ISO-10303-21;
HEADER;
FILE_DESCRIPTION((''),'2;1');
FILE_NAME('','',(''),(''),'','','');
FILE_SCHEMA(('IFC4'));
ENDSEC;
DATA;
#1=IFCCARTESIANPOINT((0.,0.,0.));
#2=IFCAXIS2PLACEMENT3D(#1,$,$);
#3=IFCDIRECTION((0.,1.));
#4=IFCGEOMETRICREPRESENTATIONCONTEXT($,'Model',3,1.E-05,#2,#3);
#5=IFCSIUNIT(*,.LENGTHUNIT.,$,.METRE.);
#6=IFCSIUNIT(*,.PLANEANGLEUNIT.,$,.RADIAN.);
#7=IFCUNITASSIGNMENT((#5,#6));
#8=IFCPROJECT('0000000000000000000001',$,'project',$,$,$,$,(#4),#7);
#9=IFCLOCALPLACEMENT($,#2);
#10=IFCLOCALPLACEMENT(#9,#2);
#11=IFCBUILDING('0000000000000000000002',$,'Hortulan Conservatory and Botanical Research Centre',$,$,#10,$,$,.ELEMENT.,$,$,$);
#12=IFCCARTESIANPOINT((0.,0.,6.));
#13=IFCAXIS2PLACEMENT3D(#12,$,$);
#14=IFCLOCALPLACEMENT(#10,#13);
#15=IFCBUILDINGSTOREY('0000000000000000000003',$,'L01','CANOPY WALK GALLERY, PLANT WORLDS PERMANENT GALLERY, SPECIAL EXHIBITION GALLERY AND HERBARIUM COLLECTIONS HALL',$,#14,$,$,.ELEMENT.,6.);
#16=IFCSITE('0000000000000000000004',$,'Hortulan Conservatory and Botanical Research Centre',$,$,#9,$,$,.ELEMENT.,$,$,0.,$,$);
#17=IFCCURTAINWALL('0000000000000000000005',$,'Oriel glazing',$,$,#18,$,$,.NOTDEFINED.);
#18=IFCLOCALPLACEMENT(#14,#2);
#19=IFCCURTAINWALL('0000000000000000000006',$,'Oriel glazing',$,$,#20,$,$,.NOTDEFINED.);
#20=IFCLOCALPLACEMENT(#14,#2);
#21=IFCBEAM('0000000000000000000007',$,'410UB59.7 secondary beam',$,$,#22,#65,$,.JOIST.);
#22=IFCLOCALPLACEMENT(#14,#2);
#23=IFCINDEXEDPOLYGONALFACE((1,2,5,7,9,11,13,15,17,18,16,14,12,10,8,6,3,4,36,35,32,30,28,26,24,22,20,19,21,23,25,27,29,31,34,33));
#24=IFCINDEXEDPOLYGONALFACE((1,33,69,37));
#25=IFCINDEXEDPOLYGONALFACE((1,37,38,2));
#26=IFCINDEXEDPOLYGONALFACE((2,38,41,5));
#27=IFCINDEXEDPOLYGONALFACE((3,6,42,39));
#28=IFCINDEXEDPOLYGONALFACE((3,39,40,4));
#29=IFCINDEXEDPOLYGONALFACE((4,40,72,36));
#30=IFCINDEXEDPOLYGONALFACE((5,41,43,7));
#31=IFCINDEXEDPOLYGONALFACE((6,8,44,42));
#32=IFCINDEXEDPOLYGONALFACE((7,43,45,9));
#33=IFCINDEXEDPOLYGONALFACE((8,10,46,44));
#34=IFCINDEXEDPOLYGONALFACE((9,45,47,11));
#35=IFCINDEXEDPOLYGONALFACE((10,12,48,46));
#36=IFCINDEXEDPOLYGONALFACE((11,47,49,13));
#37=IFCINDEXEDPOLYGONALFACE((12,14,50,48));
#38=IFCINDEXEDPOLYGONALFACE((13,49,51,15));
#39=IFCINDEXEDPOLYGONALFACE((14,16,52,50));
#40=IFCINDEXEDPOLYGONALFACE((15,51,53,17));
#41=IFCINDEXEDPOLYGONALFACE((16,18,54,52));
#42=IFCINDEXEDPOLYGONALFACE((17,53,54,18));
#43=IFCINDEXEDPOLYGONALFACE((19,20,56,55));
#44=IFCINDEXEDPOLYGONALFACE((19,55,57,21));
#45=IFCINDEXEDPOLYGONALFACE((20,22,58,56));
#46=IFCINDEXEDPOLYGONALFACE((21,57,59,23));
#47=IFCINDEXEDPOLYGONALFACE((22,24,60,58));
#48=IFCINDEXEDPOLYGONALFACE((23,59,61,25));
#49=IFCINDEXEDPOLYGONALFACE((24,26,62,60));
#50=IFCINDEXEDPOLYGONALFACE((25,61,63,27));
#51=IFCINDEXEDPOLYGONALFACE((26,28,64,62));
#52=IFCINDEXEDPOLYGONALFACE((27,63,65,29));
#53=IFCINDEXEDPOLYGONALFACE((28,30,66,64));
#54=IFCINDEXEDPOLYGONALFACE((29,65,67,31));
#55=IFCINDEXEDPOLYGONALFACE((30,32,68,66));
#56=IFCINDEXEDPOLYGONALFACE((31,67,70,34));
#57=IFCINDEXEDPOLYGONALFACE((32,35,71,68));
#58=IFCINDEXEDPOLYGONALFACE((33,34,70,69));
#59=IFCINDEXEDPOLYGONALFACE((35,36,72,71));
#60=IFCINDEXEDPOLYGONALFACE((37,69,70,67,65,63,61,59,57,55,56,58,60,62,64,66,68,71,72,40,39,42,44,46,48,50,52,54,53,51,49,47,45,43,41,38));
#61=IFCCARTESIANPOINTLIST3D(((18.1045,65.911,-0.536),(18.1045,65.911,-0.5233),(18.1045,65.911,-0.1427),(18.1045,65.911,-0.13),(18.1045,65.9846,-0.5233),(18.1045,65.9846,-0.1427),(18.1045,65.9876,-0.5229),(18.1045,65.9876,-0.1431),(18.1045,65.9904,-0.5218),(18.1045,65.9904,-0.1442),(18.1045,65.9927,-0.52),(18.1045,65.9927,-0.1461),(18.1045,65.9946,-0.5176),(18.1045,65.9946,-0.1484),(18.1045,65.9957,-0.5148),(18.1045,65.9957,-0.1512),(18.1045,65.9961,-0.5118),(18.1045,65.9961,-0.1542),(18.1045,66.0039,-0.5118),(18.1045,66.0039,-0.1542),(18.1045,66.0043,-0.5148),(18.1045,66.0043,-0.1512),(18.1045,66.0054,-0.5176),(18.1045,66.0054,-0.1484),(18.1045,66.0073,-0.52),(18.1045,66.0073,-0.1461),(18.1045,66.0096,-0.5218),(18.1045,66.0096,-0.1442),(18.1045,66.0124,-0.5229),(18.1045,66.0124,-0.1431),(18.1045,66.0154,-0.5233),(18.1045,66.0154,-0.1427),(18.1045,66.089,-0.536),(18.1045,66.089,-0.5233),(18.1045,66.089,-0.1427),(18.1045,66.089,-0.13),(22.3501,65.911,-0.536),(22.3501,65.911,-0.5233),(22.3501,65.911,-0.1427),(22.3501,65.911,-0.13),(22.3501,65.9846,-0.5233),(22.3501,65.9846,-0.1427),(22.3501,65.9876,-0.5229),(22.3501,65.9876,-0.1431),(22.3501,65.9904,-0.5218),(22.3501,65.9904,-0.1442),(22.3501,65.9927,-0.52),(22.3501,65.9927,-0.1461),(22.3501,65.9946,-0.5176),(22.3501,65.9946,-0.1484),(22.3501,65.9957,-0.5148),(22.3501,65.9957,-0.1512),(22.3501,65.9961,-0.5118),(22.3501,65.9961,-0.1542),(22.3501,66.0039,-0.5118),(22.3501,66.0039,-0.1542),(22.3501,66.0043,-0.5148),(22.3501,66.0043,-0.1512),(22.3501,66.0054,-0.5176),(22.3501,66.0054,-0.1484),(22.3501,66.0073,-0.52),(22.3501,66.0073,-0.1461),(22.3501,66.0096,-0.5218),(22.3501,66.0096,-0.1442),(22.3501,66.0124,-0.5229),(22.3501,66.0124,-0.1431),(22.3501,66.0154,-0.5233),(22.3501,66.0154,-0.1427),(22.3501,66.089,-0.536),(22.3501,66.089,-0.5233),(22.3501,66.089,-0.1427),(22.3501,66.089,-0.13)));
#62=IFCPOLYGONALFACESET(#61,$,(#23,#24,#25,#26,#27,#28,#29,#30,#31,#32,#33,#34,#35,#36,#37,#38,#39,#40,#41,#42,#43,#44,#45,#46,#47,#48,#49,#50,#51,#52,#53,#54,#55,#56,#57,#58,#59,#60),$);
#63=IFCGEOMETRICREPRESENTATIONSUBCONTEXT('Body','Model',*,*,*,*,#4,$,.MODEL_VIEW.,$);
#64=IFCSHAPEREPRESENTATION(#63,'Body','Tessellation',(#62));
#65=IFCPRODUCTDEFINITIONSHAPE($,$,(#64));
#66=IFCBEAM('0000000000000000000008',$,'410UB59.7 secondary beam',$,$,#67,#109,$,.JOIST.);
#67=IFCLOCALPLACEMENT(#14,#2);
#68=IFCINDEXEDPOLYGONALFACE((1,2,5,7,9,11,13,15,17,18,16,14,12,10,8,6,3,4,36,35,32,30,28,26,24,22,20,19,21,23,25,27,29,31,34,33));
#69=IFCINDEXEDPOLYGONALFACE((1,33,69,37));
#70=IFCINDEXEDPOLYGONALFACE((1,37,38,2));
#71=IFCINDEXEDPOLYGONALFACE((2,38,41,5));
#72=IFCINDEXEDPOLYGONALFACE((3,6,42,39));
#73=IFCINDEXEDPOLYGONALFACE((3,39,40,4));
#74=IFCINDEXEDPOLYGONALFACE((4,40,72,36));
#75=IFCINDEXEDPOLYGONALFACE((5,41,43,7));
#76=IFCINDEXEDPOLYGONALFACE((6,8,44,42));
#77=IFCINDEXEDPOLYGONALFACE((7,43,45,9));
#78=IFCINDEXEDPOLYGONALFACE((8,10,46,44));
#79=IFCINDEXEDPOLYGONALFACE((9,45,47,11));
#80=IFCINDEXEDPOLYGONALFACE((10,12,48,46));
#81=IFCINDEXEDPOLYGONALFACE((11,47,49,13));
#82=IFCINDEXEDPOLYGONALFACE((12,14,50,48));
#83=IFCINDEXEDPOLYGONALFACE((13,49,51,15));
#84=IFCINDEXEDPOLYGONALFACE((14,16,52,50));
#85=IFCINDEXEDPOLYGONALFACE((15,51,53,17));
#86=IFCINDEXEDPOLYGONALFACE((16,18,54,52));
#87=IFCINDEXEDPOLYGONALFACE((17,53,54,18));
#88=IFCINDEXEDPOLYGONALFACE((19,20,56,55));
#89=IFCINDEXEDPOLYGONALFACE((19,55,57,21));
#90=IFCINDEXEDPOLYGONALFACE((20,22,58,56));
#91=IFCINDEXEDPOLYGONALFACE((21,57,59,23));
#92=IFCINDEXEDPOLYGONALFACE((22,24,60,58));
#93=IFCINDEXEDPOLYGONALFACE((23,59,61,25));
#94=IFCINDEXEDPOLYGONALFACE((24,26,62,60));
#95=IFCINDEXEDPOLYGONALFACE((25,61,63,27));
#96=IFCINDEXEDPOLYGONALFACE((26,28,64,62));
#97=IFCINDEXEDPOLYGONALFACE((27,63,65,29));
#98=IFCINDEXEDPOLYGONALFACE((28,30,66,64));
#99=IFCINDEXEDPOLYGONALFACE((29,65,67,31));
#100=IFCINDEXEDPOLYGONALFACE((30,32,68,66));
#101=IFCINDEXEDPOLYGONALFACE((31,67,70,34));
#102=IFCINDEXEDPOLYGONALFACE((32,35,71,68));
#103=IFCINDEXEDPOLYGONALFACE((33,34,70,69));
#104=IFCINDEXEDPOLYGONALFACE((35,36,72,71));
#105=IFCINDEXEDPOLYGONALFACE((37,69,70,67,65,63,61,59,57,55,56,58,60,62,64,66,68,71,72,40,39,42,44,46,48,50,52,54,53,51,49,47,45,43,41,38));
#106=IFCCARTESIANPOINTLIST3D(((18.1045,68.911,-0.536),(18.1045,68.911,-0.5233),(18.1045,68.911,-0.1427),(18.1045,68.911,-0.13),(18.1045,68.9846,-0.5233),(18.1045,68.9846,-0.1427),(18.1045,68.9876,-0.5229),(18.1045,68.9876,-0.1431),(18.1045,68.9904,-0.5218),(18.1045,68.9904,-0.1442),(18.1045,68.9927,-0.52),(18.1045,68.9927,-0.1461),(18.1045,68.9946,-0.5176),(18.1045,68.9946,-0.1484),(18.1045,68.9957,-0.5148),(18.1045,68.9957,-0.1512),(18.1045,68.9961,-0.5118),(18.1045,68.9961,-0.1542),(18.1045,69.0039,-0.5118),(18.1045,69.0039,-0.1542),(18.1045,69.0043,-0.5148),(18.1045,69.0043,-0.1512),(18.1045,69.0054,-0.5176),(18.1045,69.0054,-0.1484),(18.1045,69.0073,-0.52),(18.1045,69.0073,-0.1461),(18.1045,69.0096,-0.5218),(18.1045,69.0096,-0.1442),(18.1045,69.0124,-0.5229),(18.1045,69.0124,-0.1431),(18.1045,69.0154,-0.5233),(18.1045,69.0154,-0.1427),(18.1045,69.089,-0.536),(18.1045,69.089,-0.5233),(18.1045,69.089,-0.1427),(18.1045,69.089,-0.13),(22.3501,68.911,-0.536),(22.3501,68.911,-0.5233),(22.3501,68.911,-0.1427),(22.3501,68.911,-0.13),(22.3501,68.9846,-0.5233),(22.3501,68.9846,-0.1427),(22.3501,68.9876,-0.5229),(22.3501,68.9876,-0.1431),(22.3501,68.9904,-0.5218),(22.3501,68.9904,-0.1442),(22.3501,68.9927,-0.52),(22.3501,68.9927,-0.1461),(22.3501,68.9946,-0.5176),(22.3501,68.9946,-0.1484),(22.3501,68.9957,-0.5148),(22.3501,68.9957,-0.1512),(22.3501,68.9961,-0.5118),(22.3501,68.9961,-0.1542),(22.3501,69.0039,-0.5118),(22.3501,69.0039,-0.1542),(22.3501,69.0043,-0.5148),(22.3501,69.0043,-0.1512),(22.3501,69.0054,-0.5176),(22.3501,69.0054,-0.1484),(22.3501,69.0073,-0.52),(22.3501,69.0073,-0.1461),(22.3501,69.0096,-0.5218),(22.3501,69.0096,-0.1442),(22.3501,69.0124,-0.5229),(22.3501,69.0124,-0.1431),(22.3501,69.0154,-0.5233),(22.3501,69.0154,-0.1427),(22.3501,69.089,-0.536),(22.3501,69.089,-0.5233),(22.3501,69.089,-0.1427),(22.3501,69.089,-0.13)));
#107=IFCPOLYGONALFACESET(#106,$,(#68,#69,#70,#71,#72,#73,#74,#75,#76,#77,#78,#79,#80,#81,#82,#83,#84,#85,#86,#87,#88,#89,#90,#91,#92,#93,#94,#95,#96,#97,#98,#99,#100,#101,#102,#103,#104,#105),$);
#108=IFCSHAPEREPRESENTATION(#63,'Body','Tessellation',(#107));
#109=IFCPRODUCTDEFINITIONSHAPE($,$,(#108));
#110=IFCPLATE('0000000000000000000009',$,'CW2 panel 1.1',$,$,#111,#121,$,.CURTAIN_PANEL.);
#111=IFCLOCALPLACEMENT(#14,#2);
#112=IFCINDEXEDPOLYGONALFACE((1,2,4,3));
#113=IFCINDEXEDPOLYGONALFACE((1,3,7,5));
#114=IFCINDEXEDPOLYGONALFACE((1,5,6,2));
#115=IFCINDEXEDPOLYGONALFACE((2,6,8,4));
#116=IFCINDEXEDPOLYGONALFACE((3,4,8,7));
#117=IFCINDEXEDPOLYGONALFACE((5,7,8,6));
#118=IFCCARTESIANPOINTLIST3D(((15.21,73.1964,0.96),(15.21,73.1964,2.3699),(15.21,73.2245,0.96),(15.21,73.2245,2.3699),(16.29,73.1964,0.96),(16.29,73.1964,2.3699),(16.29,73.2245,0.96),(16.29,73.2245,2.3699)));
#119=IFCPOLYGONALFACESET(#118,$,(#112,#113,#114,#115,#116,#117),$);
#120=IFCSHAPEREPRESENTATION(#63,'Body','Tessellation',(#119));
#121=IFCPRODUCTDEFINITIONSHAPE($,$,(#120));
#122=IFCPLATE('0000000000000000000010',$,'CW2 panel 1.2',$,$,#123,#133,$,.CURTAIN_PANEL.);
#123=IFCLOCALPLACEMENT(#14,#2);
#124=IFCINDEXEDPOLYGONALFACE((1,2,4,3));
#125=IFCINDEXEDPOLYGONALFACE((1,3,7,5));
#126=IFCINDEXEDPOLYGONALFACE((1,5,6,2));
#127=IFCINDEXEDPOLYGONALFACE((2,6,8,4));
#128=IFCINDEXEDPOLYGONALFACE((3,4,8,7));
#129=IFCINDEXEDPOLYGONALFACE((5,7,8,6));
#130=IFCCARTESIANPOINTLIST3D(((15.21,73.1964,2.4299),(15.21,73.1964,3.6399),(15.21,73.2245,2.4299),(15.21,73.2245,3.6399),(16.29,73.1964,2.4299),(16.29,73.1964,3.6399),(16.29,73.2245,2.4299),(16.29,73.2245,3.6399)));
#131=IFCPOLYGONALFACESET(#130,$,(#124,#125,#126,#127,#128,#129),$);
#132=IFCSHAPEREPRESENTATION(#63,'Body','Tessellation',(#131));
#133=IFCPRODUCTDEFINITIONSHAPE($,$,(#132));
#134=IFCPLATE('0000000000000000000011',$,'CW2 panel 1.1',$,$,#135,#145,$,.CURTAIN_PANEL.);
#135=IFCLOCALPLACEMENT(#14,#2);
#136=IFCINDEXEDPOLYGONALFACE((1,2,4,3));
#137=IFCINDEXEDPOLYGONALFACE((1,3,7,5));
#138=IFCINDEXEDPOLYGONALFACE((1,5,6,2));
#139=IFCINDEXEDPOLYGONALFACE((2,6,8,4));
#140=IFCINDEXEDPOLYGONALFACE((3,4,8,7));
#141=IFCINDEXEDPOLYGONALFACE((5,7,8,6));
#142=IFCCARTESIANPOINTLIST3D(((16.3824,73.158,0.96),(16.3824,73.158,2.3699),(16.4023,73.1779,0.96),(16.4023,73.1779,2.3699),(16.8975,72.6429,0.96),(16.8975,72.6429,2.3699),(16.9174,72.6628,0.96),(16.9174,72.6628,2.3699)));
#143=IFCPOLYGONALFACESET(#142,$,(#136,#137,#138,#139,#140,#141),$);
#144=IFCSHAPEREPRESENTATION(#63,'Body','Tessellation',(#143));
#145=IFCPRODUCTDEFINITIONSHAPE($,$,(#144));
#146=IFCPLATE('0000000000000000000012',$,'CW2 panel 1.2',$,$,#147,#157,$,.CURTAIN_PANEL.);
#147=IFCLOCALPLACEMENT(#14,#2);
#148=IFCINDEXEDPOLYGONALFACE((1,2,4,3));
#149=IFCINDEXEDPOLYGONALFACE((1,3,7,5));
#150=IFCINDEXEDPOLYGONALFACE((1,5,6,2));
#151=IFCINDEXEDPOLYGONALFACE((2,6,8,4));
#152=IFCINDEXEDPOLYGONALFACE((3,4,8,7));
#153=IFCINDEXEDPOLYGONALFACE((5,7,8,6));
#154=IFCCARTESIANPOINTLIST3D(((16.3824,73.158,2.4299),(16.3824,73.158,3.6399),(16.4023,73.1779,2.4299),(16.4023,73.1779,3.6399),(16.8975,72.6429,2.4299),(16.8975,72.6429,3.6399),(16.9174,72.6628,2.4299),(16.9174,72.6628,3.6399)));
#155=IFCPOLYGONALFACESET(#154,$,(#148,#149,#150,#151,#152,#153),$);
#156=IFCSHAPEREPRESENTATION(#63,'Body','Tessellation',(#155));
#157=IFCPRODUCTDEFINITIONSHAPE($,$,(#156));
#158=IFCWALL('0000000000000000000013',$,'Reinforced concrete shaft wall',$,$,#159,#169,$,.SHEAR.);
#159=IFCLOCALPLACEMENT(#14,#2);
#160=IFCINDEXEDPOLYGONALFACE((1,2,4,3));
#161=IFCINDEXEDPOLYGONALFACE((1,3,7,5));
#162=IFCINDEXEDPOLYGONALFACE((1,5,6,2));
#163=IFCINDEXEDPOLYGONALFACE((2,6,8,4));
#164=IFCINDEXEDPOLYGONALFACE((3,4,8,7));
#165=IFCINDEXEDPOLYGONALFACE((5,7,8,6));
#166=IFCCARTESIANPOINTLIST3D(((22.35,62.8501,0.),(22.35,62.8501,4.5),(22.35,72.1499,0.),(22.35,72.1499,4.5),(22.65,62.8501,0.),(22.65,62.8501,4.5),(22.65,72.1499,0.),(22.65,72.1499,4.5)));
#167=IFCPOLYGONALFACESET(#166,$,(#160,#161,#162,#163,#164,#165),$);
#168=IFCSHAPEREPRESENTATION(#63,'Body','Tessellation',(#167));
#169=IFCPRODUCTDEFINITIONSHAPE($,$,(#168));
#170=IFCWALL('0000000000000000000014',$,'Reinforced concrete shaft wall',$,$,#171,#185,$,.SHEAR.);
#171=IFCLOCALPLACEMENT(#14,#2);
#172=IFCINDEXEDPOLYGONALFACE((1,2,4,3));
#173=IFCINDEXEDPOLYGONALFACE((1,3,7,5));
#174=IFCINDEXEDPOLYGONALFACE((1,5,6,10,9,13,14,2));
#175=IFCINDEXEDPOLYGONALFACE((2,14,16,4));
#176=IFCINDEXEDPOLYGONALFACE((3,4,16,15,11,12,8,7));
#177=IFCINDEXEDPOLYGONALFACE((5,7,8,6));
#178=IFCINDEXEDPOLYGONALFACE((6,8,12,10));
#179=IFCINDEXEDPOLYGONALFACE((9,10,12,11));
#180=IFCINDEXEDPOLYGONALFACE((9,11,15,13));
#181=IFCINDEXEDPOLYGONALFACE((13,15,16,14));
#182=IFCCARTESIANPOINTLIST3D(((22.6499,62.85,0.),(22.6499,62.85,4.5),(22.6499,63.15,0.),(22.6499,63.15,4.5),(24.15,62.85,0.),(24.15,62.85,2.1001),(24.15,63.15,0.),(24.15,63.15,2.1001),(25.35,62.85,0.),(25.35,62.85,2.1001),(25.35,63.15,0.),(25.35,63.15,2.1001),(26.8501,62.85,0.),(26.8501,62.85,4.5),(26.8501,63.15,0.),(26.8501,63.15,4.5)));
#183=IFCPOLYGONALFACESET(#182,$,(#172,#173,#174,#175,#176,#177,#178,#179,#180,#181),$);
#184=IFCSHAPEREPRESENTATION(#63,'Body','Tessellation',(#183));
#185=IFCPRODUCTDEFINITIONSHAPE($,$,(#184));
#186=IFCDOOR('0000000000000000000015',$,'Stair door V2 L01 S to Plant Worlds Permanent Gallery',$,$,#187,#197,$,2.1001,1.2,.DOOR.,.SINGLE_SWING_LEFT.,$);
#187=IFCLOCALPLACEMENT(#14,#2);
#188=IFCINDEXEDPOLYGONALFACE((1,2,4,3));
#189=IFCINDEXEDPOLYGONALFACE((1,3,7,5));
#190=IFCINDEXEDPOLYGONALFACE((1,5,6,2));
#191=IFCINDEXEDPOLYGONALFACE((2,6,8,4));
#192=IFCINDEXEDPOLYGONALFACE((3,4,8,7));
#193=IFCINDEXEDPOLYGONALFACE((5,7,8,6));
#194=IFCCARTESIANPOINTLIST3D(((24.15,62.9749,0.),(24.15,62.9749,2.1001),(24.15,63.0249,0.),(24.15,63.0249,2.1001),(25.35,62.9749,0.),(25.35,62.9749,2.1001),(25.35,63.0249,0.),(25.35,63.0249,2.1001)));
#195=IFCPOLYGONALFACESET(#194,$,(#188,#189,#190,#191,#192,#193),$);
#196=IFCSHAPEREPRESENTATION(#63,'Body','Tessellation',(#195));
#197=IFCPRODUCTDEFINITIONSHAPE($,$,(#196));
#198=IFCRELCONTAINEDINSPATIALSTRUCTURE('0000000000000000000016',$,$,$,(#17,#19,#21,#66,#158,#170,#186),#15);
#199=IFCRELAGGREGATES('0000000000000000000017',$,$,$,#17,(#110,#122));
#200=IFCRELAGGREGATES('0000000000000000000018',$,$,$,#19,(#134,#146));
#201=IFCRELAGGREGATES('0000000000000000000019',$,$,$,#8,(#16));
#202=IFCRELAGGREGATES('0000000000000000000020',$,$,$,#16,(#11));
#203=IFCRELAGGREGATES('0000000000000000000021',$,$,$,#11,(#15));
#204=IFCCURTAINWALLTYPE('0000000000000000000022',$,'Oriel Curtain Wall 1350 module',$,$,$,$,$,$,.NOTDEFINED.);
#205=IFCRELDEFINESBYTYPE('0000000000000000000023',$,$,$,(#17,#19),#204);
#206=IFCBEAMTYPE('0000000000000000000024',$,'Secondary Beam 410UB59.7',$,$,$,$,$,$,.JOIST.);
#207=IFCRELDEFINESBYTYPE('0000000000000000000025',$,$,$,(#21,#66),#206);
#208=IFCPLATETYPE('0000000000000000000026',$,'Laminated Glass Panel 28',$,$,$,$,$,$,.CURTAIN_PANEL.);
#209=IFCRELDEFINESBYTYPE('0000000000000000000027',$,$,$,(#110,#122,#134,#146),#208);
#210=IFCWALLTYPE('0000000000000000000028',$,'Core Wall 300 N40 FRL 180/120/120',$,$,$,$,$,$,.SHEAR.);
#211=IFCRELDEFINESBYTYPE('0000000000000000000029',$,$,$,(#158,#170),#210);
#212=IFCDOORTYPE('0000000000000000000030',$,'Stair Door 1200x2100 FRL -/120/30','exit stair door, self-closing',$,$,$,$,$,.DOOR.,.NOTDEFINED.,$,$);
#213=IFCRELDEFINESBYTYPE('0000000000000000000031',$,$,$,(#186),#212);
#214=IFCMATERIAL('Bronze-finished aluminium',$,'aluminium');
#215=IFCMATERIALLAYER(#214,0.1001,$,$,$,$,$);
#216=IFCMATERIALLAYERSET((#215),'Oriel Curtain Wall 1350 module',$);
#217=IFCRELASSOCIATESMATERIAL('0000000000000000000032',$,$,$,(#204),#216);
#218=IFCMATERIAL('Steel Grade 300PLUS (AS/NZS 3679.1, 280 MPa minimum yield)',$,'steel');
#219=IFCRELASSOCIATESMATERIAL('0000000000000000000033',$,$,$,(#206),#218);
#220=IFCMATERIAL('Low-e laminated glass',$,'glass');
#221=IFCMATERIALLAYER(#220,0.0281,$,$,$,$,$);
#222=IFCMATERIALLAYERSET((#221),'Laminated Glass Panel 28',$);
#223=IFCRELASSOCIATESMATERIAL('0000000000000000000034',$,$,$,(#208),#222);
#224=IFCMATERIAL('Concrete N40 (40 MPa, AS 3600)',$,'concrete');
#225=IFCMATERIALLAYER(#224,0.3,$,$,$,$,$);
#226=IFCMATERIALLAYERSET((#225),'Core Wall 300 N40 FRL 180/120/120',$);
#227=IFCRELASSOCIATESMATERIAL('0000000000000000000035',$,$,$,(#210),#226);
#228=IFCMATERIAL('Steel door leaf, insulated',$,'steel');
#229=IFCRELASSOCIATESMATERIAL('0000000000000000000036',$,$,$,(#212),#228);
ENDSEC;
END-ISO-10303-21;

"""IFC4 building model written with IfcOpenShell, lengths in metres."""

from ifc_helpers import new_model, si_unit, direction, frame, frame_2d, origin, origin_2d, place, context, subcontext, project, spatial, rectangle, i_section, extrude, material, layer, layer_set, material_profile, profile_set, type_object, element, fill, aggregate, save


model = new_model("IFC4")

# Units and contexts
model_context = context("Model", 3, precision=1e-05, world=origin(), true_north=direction((0.0, 1.0)))
body_context = subcontext(model_context, "Body", "Model", "MODEL_VIEW")
ifc_project = project(units=[si_unit("LENGTHUNIT", "METRE"), si_unit("PLANEANGLEUNIT", "RADIAN")], contexts=[model_context])

# Site, building, storey
site_placement = place(None, origin())
site = spatial("IfcSite", under=ifc_project, at=site_placement, Name="Hortulan Conservatory and Botanical Research Centre", CompositionType="ELEMENT", RefElevation=0.0)
building_placement = place(site_placement, origin())
building = spatial("IfcBuilding", under=site, at=building_placement, Name="Hortulan Conservatory and Botanical Research Centre", CompositionType="ELEMENT")
storey_placement = place(building_placement, frame((0.0, 0.0, 6.0)))
storey = spatial("IfcBuildingStorey", under=building, at=storey_placement, Name="L01", Description="CANOPY WALK GALLERY, PLANT WORLDS PERMANENT GALLERY, SPECIAL EXHIBITION GALLERY AND HERBARIUM COLLECTIONS HALL", CompositionType="ELEMENT", Elevation=6.0)

# Shared definitions
ifc_material_1 = material(Name="Steel Grade 300PLUS (AS/NZS 3679.1, 280 MPa minimum yield)", Category="steel")

# Curtain wall
ifc_material_2 = material(Name="Bronze-finished aluminium", Category="aluminium")
ifc_layer_1 = layer(ifc_material_2, 0.1001)
ifc_layer_set_1 = layer_set([ifc_layer_1], Name="Oriel Curtain Wall 1350 module")
curtain_wall_type = type_object("IfcCurtainWallType", Name="Oriel Curtain Wall 1350 module", PredefinedType="NOTDEFINED", material=ifc_layer_set_1)
curtain_wall_1_placement = place(storey_placement, origin())
curtain_wall_1 = element("IfcCurtainWall", 1, at=curtain_wall_1_placement, inside=storey, type_object=curtain_wall_type, Name="Oriel glazing", PredefinedType="NOTDEFINED")

# Curtain wall
curtain_wall_2_placement = place(storey_placement, origin())
curtain_wall_2 = element("IfcCurtainWall", 2, at=curtain_wall_2_placement, inside=storey, type_object=curtain_wall_type, Name="Oriel glazing", PredefinedType="NOTDEFINED")

# Beams
ifc_material_profile_1 = material_profile(ifc_material_1, i_section(OverallWidth=0.178, OverallDepth=0.406, WebThickness=0.0078, FlangeThickness=0.0127, FilletRadius=0.0115, at=origin_2d()), Name="410UB59.7")
ifc_profile_set_1 = profile_set([ifc_material_profile_1], Name="Steel Grade 300PLUS (AS/NZS 3679.1, 280 MPa minimum yield)")
beam_type_1 = type_object("IfcBeamType", Name="Secondary Beam 410UB59.7", PredefinedType="JOIST", material=ifc_profile_set_1)
for number, where, z_axis, x_axis, name in (
    (3, (18.1045, 66.0, -0.333), (1.0, 0.0, 0.0), (0.0, 1.0, 0.0), "410UB59.7 secondary beam"),
    (4, (18.1045, 69.0, -0.333), (1.0, 0.0, 0.0), (0.0, 1.0, 0.0), "410UB59.7 secondary beam"),
):
    element("IfcBeam", number, at=place(storey_placement, frame(where, z_axis=z_axis, x_axis=x_axis)), inside=storey, type_object=beam_type_1, Name=name, PredefinedType="JOIST", context=body_context, shape_type="SweptSolid", body=[
        extrude(i_section(OverallWidth=0.178, OverallDepth=0.406, WebThickness=0.0078, FlangeThickness=0.0127, FilletRadius=0.0115, at=origin_2d()), origin(), (0.0, 0.0, 1.0), 4.2456),
    ])

# Plates
ifc_material_3 = material(Name="Low-e laminated glass", Category="glass")
ifc_layer_2 = layer(ifc_material_3, 0.0281)
ifc_layer_set_2 = layer_set([ifc_layer_2], Name="Laminated Glass Panel 28")
plate_type = type_object("IfcPlateType", Name="Laminated Glass Panel 28", PredefinedType="CURTAIN_PANEL", material=ifc_layer_set_2)
plate_1_placement = place(storey_placement, frame((15.75, 73.2104, 0.96), z_axis=(0.0, 0.0, 1.0), x_axis=(1.0, 0.0, 0.0)))
plate_1 = element("IfcPlate", 5, at=plate_1_placement, type_object=plate_type, Name="CW2 panel 1.1", PredefinedType="CURTAIN_PANEL", context=body_context, shape_type="SweptSolid", body=[
    extrude(rectangle(XDim=1.0801, YDim=0.0281, at=origin_2d()), origin(), (0.0, 0.0, 1.0), 1.4099),
])
plate_2_placement = place(storey_placement, frame((15.75, 73.2104, 2.4299), z_axis=(0.0, 0.0, 1.0), x_axis=(1.0, 0.0, 0.0)))
plate_2 = element("IfcPlate", 6, at=plate_2_placement, type_object=plate_type, Name="CW2 panel 1.2", PredefinedType="CURTAIN_PANEL", context=body_context, shape_type="SweptSolid", body=[
    extrude(rectangle(XDim=1.0801, YDim=0.0281, at=origin_2d()), origin(), (0.0, 0.0, 1.0), 1.21),
])
aggregate(curtain_wall_1, [plate_1, plate_2])
plate_3_placement = place(storey_placement, frame((16.6499, 72.9104, 0.96), z_axis=(0.0, 0.0, 1.0), x_axis=(0.707107, -0.707107, 0.0)))
plate_3 = element("IfcPlate", 7, at=plate_3_placement, type_object=plate_type, Name="CW2 panel 1.1", PredefinedType="CURTAIN_PANEL", context=body_context, shape_type="SweptSolid", body=[
    extrude(rectangle(XDim=0.7285, YDim=0.0281, at=origin_2d()), origin(), (0.0, 0.0, 1.0), 1.4099),
])
plate_4_placement = place(storey_placement, frame((16.6499, 72.9104, 2.4299), z_axis=(0.0, 0.0, 1.0), x_axis=(0.707107, -0.707107, 0.0)))
plate_4 = element("IfcPlate", 8, at=plate_4_placement, type_object=plate_type, Name="CW2 panel 1.2", PredefinedType="CURTAIN_PANEL", context=body_context, shape_type="SweptSolid", body=[
    extrude(rectangle(XDim=0.7285, YDim=0.0281, at=origin_2d()), origin(), (0.0, 0.0, 1.0), 1.21),
])
aggregate(curtain_wall_2, [plate_3, plate_4])

# Wall
ifc_material_4 = material(Name="Concrete N40 (40 MPa, AS 3600)", Category="concrete")
ifc_layer_3 = layer(ifc_material_4, 0.3)
ifc_layer_set_3 = layer_set([ifc_layer_3], Name="Core Wall 300 N40 FRL 180/120/120")
wall_type = type_object("IfcWallType", Name="Core Wall 300 N40 FRL 180/120/120", PredefinedType="SHEAR", material=ifc_layer_set_3)
wall_1_placement = place(storey_placement, frame((22.5, 62.8501, 0.0), z_axis=(0.0, 0.0, 1.0), x_axis=(0.0, 1.0, 0.0)))
element("IfcWall", 9, at=wall_1_placement, inside=storey, type_object=wall_type, Name="Reinforced concrete shaft wall", PredefinedType="SHEAR", context=body_context, shape_type="SweptSolid", body=[
    extrude(rectangle(XDim=9.2998, YDim=0.3, at=frame_2d((4.6499, 0.0))), origin(), (0.0, 0.0, 1.0), 4.5),
])

# Wall, opening, door
wall_2_placement = place(storey_placement, frame((22.6499, 63.0, 0.0), z_axis=(0.0, 0.0, 1.0), x_axis=(1.0, 0.0, 0.0)))
wall_2 = element("IfcWall", 10, at=wall_2_placement, inside=storey, type_object=wall_type, Name="Reinforced concrete shaft wall", PredefinedType="SHEAR", context=body_context, shape_type="SweptSolid", body=[
    extrude(rectangle(XDim=4.2002, YDim=0.3, at=frame_2d((2.1001, 0.0))), origin(), (0.0, 0.0, 1.0), 4.5),
])
opening_placement = place(wall_2_placement, frame((1.5, 0.0, 0.0)))
opening = element("IfcOpeningElement", 11, at=opening_placement, cuts=wall_2, PredefinedType="OPENING", context=body_context, shape_type="SweptSolid", body=[
    extrude(rectangle(XDim=1.2, YDim=2.1001, at=frame_2d((0.6001, 1.05))), frame((0.0, 0.1599, 0.0), z_axis=(0.0, -1.0, 0.0), x_axis=(1.0, 0.0, 0.0)), (0.0, 0.0, 1.0), 0.3201),
])
ifc_material_5 = material(Name="Steel door leaf, insulated", Category="steel")
door_type = type_object("IfcDoorType", Name="Stair Door 1200x2100 FRL -/120/30", Description="exit stair door, self-closing", OperationType="NOTDEFINED", PredefinedType="DOOR", material=ifc_material_5)
door_placement = place(opening_placement, origin())
door = element("IfcDoor", 12, at=door_placement, inside=storey, type_object=door_type, Name="Stair door V2 L01 S to Plant Worlds Permanent Gallery", OperationType="SINGLE_SWING_LEFT", OverallHeight=2.1001, OverallWidth=1.2, PredefinedType="DOOR", context=body_context, shape_type="SweptSolid", body=[
    extrude(rectangle(XDim=1.2, YDim=2.1001, at=frame_2d((0.6001, 1.05))), frame((0.0, 0.0249, 0.0), z_axis=(0.0, -1.0, 0.0), x_axis=(1.0, 0.0, 0.0)), (0.0, 0.0, 1.0), 0.05),
])
fill(opening, door)

save(model, "model.ifc")
